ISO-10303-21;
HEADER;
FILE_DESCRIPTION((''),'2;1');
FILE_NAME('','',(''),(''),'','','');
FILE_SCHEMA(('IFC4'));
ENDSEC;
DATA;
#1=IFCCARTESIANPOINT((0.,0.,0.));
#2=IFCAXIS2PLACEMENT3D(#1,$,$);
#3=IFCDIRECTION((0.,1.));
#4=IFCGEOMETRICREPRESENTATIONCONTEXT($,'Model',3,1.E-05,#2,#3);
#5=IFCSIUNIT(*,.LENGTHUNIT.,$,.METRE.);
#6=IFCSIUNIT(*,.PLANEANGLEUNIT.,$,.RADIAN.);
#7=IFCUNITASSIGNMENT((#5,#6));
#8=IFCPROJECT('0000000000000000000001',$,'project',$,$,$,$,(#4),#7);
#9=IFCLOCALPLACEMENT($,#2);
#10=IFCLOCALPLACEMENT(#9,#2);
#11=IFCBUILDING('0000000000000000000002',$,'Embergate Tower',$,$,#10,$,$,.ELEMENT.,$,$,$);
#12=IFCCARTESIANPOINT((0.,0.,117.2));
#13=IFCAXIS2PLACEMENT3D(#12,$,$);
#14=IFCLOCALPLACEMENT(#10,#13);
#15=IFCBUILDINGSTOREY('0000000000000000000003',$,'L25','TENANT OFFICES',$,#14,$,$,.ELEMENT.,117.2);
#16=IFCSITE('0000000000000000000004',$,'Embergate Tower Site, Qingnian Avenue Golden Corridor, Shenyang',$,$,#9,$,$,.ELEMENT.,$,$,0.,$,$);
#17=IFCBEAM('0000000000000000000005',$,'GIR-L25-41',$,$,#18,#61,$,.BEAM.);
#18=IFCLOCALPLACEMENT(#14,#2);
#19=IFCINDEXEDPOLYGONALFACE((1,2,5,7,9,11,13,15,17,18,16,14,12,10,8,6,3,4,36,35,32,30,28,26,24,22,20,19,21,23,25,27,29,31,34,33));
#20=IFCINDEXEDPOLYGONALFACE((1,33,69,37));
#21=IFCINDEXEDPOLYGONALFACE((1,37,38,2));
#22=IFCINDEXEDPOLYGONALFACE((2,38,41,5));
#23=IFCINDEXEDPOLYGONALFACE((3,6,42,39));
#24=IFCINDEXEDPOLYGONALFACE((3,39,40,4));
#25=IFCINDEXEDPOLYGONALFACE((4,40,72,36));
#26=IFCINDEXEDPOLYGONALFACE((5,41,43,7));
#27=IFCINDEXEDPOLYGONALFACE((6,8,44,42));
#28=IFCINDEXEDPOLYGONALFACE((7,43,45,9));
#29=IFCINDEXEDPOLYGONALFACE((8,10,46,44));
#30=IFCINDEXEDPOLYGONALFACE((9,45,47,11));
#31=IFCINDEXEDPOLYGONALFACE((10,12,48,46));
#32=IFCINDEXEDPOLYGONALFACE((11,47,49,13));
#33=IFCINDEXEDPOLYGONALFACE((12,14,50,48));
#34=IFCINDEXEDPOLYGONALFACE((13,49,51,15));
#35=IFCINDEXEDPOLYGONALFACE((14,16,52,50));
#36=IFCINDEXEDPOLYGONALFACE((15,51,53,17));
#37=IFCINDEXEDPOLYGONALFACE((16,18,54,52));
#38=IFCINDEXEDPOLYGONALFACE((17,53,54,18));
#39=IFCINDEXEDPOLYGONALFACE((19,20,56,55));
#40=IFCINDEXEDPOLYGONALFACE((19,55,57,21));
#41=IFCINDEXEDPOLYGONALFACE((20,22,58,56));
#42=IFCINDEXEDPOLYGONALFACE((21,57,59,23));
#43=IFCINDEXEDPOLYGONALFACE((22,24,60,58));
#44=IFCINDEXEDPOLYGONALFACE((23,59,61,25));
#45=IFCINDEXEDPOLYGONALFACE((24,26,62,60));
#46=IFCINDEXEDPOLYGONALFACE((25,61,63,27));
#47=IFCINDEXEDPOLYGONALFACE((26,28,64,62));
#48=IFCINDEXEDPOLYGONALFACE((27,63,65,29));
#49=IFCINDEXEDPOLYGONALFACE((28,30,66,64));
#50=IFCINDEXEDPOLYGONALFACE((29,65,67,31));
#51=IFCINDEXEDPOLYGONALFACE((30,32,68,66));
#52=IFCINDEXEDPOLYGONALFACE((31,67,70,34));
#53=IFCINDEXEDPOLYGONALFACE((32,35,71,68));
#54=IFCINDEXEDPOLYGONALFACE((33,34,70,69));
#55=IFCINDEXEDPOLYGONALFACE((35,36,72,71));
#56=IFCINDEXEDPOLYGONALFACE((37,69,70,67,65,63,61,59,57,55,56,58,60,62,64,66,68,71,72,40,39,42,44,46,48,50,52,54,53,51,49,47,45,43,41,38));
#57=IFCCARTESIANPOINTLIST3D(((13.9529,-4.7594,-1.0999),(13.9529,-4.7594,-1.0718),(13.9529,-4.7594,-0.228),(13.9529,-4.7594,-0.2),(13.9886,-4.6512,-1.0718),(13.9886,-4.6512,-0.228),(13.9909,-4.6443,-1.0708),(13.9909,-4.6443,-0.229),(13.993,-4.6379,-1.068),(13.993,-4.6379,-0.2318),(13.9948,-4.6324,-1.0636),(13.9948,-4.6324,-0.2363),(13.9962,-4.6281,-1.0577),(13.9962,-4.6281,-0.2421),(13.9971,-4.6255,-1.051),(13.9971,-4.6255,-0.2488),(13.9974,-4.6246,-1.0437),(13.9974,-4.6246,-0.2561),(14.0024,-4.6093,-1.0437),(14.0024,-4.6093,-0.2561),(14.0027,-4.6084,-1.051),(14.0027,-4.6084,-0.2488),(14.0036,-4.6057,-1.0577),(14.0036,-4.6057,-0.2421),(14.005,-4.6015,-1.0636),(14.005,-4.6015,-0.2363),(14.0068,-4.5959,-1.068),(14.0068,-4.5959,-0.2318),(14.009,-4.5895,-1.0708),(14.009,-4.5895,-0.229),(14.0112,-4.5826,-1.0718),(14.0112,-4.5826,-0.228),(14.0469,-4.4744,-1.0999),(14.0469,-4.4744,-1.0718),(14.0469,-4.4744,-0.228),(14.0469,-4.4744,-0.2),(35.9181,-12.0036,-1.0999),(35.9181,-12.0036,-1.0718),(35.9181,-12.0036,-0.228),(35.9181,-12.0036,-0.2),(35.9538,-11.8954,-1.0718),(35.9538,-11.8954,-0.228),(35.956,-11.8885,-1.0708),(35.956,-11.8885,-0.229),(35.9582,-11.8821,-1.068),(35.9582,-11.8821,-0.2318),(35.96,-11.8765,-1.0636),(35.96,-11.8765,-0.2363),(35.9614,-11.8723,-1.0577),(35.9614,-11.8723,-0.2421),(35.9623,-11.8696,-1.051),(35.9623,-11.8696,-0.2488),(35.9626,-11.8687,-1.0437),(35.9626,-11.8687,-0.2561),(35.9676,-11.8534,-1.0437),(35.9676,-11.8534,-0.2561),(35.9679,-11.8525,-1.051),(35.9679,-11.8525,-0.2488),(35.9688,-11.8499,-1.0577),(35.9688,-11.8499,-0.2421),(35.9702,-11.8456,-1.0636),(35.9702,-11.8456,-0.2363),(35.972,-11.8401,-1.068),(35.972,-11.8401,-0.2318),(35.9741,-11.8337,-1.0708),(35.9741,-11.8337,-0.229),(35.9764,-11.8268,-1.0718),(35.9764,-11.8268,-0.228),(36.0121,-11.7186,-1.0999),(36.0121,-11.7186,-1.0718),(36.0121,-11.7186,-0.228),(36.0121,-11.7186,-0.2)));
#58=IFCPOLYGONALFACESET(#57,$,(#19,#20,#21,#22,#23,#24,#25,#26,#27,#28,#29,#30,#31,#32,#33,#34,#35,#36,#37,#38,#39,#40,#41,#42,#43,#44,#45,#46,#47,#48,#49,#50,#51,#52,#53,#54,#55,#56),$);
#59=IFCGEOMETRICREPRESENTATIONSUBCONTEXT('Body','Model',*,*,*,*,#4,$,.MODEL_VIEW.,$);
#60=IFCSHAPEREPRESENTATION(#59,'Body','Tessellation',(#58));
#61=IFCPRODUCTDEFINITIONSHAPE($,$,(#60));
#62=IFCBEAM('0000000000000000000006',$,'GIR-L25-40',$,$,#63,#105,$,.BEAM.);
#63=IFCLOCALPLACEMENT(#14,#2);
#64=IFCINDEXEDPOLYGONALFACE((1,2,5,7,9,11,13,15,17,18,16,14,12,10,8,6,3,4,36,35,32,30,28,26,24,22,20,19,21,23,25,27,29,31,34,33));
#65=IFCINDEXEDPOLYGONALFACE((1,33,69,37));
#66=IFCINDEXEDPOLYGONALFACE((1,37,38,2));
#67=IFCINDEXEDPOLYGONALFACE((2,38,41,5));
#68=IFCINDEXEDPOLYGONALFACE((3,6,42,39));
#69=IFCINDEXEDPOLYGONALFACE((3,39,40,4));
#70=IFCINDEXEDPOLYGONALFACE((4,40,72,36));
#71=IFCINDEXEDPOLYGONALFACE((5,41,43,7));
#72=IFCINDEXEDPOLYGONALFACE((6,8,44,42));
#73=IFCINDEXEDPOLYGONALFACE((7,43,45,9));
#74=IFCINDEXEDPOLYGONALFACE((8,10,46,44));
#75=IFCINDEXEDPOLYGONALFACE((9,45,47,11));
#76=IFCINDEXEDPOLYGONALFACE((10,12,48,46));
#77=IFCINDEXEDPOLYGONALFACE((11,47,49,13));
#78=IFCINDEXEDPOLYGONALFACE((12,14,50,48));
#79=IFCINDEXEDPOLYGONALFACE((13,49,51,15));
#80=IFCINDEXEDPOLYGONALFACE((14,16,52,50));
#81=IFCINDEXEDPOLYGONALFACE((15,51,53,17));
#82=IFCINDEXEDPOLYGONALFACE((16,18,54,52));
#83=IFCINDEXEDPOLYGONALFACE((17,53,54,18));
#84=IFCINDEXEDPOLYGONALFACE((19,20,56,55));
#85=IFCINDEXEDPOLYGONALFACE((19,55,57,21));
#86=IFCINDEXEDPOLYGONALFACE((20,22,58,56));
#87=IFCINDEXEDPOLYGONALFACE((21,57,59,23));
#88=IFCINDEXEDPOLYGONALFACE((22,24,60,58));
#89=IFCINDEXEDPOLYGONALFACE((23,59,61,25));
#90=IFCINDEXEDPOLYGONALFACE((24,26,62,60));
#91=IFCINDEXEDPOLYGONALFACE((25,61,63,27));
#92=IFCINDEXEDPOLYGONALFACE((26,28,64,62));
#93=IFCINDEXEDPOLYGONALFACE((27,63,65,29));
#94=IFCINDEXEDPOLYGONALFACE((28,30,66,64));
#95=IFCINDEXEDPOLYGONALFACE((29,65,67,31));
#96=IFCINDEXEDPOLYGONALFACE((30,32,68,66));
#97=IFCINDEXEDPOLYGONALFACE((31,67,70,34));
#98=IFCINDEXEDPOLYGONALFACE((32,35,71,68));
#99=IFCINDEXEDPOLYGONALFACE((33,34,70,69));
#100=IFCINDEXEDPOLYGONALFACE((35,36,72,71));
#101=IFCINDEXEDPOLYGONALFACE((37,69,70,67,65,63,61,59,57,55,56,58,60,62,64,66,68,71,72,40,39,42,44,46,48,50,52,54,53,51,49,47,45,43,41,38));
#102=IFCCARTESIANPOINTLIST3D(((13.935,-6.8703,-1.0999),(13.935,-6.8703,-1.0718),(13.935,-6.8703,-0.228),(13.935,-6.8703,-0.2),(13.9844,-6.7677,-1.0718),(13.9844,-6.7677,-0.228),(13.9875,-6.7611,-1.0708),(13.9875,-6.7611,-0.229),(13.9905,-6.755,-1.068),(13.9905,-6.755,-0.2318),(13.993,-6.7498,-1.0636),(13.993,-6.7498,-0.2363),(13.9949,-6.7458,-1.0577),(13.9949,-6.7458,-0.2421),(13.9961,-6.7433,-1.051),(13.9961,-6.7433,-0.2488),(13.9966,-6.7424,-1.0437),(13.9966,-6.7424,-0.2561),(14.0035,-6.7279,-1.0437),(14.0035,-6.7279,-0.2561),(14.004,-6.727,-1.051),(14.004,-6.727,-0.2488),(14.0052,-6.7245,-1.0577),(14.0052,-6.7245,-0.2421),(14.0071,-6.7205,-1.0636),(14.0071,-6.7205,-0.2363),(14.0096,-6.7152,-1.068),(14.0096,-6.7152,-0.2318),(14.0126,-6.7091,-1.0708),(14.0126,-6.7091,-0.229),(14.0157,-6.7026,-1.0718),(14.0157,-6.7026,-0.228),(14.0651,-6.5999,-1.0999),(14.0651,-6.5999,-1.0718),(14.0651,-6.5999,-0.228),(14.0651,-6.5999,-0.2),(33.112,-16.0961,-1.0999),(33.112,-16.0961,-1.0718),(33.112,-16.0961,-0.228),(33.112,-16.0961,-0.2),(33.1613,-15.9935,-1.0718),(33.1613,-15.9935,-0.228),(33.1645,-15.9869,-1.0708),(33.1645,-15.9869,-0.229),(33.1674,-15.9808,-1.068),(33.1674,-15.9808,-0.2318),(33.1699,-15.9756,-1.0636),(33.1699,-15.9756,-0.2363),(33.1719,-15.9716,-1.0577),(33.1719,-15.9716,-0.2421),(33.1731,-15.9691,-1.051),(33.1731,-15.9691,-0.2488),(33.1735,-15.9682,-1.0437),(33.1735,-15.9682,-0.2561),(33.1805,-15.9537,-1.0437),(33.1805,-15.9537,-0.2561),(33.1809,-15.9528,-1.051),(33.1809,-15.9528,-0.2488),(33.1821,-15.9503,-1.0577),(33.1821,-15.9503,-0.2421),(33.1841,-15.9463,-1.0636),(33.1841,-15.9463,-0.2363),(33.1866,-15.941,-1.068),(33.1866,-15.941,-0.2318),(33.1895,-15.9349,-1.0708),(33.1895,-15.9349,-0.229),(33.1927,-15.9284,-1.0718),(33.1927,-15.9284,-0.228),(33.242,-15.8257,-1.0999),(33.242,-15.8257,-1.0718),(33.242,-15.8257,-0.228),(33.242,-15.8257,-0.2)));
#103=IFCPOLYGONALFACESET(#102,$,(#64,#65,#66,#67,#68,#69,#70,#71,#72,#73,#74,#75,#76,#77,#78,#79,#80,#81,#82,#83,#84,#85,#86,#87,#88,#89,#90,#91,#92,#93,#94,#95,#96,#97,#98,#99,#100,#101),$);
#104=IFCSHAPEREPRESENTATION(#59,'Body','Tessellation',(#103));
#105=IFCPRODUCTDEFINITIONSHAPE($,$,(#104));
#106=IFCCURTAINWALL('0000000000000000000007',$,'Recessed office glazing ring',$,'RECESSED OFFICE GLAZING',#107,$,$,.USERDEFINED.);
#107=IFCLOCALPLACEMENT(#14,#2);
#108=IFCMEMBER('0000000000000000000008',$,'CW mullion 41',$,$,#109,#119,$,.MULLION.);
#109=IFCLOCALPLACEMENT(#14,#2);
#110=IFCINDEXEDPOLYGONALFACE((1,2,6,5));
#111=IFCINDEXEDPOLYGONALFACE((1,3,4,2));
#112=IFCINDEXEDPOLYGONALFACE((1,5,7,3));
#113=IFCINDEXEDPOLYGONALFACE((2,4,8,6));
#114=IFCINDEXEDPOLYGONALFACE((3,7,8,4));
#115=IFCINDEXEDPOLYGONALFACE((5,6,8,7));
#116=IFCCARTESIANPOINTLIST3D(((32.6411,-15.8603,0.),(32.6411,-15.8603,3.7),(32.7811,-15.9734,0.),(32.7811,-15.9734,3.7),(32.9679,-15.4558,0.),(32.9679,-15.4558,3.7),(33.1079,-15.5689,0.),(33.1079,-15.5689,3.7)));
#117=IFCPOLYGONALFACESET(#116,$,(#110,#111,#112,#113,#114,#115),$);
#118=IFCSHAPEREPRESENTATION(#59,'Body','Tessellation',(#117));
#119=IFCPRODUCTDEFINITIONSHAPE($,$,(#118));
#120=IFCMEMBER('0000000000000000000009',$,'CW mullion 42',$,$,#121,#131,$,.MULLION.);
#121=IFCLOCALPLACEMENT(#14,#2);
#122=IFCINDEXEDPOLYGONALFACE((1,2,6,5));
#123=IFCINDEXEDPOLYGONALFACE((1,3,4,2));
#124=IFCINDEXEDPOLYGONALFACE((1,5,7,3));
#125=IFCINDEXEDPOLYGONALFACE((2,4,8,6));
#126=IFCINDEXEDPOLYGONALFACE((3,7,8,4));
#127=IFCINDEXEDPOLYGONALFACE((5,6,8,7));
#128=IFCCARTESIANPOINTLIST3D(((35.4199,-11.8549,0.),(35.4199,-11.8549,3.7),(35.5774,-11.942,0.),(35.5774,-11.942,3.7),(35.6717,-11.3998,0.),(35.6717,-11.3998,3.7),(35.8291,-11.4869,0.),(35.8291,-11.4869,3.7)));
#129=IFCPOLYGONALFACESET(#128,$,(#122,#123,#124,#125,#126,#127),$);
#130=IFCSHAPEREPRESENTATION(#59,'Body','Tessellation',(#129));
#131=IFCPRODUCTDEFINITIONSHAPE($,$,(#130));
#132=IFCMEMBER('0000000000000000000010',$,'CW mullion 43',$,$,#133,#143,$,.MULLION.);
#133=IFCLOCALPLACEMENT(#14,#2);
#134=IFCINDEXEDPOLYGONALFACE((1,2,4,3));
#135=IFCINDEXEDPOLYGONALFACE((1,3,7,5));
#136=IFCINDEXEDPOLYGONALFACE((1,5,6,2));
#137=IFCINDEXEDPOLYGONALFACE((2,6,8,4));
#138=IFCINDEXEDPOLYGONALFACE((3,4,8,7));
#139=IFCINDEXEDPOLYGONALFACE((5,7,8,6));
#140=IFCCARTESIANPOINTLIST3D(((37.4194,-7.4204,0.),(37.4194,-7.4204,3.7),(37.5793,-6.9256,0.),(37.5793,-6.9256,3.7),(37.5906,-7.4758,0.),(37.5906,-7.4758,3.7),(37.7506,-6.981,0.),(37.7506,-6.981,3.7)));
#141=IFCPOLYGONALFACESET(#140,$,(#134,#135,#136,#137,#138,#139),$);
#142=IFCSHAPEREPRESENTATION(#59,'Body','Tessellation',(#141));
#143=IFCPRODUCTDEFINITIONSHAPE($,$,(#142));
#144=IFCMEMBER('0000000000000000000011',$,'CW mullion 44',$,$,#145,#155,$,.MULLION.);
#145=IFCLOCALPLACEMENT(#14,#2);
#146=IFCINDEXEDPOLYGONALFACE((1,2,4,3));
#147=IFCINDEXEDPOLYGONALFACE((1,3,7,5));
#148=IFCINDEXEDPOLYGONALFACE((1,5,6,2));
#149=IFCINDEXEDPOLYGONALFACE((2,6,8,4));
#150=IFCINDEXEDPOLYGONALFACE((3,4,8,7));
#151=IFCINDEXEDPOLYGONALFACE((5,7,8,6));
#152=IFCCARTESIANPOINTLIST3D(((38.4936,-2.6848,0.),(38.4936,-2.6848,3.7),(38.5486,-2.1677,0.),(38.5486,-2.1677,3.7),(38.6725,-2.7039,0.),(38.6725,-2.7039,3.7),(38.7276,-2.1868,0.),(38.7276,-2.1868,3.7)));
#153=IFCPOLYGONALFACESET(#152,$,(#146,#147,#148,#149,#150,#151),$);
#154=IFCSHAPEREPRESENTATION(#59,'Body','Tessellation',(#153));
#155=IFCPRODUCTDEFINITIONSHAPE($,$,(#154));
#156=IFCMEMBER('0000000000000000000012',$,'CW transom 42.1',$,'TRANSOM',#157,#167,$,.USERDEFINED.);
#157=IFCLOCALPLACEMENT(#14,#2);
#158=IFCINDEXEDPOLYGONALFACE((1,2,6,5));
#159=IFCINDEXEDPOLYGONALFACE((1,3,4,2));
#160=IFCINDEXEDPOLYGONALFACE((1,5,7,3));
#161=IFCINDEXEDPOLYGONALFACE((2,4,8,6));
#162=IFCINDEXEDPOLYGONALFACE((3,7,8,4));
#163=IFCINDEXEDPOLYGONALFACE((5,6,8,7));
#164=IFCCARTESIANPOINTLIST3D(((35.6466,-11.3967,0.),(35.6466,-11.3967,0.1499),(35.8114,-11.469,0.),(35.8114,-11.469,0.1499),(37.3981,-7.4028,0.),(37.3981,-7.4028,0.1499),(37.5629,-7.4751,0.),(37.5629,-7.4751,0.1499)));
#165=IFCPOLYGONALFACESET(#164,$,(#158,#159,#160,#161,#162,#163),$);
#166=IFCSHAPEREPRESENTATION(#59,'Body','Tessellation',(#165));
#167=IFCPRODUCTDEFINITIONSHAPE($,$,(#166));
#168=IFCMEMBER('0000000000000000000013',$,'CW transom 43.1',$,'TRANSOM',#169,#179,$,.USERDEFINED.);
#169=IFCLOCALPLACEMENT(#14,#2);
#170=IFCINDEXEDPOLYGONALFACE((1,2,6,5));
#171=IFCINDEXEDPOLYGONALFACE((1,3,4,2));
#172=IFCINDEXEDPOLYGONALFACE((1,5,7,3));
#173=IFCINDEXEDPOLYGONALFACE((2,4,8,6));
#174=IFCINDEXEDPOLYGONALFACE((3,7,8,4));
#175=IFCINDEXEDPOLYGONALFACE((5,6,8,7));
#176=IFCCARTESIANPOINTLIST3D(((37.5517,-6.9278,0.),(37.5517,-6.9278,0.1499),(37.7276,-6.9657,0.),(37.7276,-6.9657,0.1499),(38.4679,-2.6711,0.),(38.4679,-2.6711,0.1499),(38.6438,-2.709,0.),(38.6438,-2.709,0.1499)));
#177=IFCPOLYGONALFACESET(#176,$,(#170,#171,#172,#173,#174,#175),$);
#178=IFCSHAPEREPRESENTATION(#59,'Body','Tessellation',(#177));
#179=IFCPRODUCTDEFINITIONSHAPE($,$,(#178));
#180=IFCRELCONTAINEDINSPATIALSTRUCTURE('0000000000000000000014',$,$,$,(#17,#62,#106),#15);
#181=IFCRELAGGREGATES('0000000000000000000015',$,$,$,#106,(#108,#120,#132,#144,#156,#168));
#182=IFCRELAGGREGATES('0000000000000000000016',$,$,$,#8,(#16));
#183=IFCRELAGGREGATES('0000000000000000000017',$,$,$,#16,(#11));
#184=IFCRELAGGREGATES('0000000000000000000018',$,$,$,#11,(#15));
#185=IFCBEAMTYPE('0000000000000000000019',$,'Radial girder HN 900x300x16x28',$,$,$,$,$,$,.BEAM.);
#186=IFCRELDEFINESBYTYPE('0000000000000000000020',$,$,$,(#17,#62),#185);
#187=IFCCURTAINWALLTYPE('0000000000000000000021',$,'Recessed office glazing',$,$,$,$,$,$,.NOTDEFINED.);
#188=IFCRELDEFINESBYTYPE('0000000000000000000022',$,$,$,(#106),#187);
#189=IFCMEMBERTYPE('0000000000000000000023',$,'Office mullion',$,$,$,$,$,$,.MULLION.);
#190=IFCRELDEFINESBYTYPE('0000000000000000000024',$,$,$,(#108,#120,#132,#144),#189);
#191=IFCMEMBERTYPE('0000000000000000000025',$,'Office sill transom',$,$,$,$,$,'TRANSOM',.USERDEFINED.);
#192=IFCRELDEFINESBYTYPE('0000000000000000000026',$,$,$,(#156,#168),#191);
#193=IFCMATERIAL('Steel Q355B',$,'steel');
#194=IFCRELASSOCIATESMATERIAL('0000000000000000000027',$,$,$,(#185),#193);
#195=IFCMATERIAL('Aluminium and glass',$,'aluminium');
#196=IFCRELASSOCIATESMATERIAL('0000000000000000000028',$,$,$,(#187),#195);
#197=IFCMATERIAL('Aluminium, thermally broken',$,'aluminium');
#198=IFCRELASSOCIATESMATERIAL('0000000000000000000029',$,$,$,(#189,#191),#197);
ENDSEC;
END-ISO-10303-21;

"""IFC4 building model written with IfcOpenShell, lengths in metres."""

from ifc_helpers import new_model, si_unit, direction, frame, origin, origin_2d, place, context, subcontext, project, spatial, rectangle, i_section, extrude, source, transform, mapped, material, material_profile, profile_set, type_object, element, aggregate, save


model = new_model("IFC4")

# Units and contexts
model_context = context("Model", 3, precision=1e-05, world=origin(), true_north=direction((0.0, 1.0)))
body_context = subcontext(model_context, "Body", "Model", "MODEL_VIEW")
ifc_project = project(units=[si_unit("LENGTHUNIT", "METRE"), si_unit("PLANEANGLEUNIT", "RADIAN")], contexts=[model_context])

# Site, building, storey
site_placement = place(None, origin())
site = spatial("IfcSite", under=ifc_project, at=site_placement, Name="Embergate Tower Site, Qingnian Avenue Golden Corridor, Shenyang", CompositionType="ELEMENT", RefElevation=0.0)
building_placement = place(site_placement, origin())
building = spatial("IfcBuilding", under=site, at=building_placement, Name="Embergate Tower", CompositionType="ELEMENT")
storey_placement = place(building_placement, frame((0.0, 0.0, 117.2)))
storey = spatial("IfcBuildingStorey", under=building, at=storey_placement, Name="L25", Description="TENANT OFFICES", CompositionType="ELEMENT", Elevation=117.2)

# Beams
ifc_material_1 = material(Name="Steel Q355B", Category="steel")
ifc_material_profile_1 = material_profile(ifc_material_1, i_section(OverallWidth=0.3, OverallDepth=0.8999, WebThickness=0.0161, FlangeThickness=0.0281, FilletRadius=0.0281, at=origin_2d()), Name="HN 900x300x16x28")
ifc_profile_set_1 = profile_set([ifc_material_profile_1], Name="Steel Q355 grade B")
beam_type_1 = type_object("IfcBeamType", Name="Radial girder HN 900x300x16x28", PredefinedType="BEAM", material=ifc_profile_set_1)
shared_shape_1 = source(origin(), body_context, "Body", "SweptSolid", [
    extrude(i_section(OverallWidth=0.3, OverallDepth=0.8999, WebThickness=0.0161, FlangeThickness=0.0281, FilletRadius=0.0281, at=origin_2d()), origin(), (0.0, 0.0, 1.0), 23.1289),
])
beam_1_placement = place(storey_placement, frame((35.9651, -11.8611, -0.6499), z_axis=(-0.949684, 0.313208, 0.0), x_axis=(-0.313208, -0.949684, 0.0)))
element("IfcBeam", 1, at=beam_1_placement, inside=storey, type_object=beam_type_1, Name="GIR-L25-41", PredefinedType="BEAM", context=body_context, shape_type="MappedRepresentation", body=[
    mapped(shared_shape_1, transform((0.0, 0.0, 0.0))),
])
shared_shape_2 = source(origin(), body_context, "Body", "SweptSolid", [
    extrude(i_section(OverallWidth=0.3, OverallDepth=0.8999, WebThickness=0.0161, FlangeThickness=0.0281, FilletRadius=0.0281, at=origin_2d()), origin(), (0.0, 0.0, 1.0), 21.2808),
])
beam_2_placement = place(storey_placement, frame((33.177, -15.9609, -0.6499), z_axis=(-0.90114, 0.433528, 0.0), x_axis=(-0.433528, -0.90114, 0.0)))
element("IfcBeam", 2, at=beam_2_placement, inside=storey, type_object=beam_type_1, Name="GIR-L25-40", PredefinedType="BEAM", context=body_context, shape_type="MappedRepresentation", body=[
    mapped(shared_shape_2, transform((0.0, 0.0, 0.0))),
])

# Curtain wall, members
ifc_material_2 = material(Name="Aluminium and glass", Category="aluminium")
curtain_wall_type = type_object("IfcCurtainWallType", Name="Recessed office glazing", PredefinedType="NOTDEFINED", material=ifc_material_2)
curtain_wall_placement = place(storey_placement, origin())
curtain_wall = element("IfcCurtainWall", 3, at=curtain_wall_placement, inside=storey, type_object=curtain_wall_type, Name="Recessed office glazing ring", ObjectType="RECESSED OFFICE GLAZING", PredefinedType="USERDEFINED")
ifc_material_3 = material(Name="Aluminium, thermally broken", Category="aluminium")
ifc_material_profile_2 = material_profile(ifc_material_3, rectangle(XDim=0.1799, YDim=0.52, at=origin_2d()), Name="AL 520x180")
ifc_profile_set_2 = profile_set([ifc_material_profile_2], Name="Aluminium, thermally broken")
member_type_1 = type_object("IfcMemberType", Name="Office mullion", PredefinedType="MULLION", material=ifc_profile_set_2)
shared_shape_3 = source(origin(), body_context, "Body", "SweptSolid", [
    extrude(rectangle(XDim=0.1799, YDim=0.52, at=origin_2d()), origin(), (0.0, 0.0, 1.0), 3.7),
])
member_1_placement = place(storey_placement, frame((32.8745, -15.7146, 0.0), z_axis=(0.0, 0.0, 1.0), x_axis=(-0.777879, 0.628414, 0.0)))
member_1 = element("IfcMember", 4, at=member_1_placement, type_object=member_type_1, Name="CW mullion 41", PredefinedType="MULLION", context=body_context, shape_type="MappedRepresentation", body=[
    mapped(shared_shape_3, transform((0.0, 0.0, 0.0))),
])
member_2_placement = place(storey_placement, frame((35.6245, -11.6709, 0.0), z_axis=(0.0, 0.0, 1.0), x_axis=(-0.875007, 0.48411, 0.0)))
member_2 = element("IfcMember", 5, at=member_2_placement, type_object=member_type_1, Name="CW mullion 42", PredefinedType="MULLION", context=body_context, shape_type="MappedRepresentation", body=[
    mapped(shared_shape_3, transform((0.0, 0.0, 0.0))),
])
member_3_placement = place(storey_placement, frame((37.585, -7.2007, 0.0), z_axis=(0.0, 0.0, 1.0), x_axis=(-0.9515, 0.307647, 0.0)))
member_3 = element("IfcMember", 6, at=member_3_placement, type_object=member_type_1, Name="CW mullion 43", PredefinedType="MULLION", context=body_context, shape_type="MappedRepresentation", body=[
    mapped(shared_shape_3, transform((0.0, 0.0, 0.0))),
])
member_4_placement = place(storey_placement, frame((38.6106, -2.4358, 0.0), z_axis=(0.0, 0.0, 1.0), x_axis=(-0.994385, 0.10582, 0.0)))
member_4 = element("IfcMember", 7, at=member_4_placement, type_object=member_type_1, Name="CW mullion 44", PredefinedType="MULLION", context=body_context, shape_type="MappedRepresentation", body=[
    mapped(shared_shape_3, transform((0.0, 0.0, 0.0))),
])
ifc_material_profile_3 = material_profile(ifc_material_3, rectangle(XDim=0.1799, YDim=0.1499, at=origin_2d()), Name="AL 150x180")
ifc_profile_set_3 = profile_set([ifc_material_profile_3], Name="Aluminium, thermally broken")
member_type_2 = type_object("IfcMemberType", Name="Office sill transom", ElementType="TRANSOM", PredefinedType="USERDEFINED", material=ifc_profile_set_3)
shared_shape_4 = source(origin(), body_context, "Body", "SweptSolid", [
    extrude(rectangle(XDim=0.1799, YDim=0.1499, at=origin_2d()), origin(), (0.0, 0.0, 1.0), 4.3611),
])
member_5_placement = place(storey_placement, frame((35.729, -11.4329, 0.075), z_axis=(0.401615, 0.915809, 0.0), x_axis=(-0.915809, 0.401615, 0.0)))
member_5 = element("IfcMember", 8, at=member_5_placement, type_object=member_type_2, Name="CW transom 42.1", ObjectType="TRANSOM", PredefinedType="USERDEFINED", context=body_context, shape_type="MappedRepresentation", body=[
    mapped(shared_shape_4, transform((0.0, 0.0, 0.0))),
])
shared_shape_5 = source(origin(), body_context, "Body", "SweptSolid", [
    extrude(rectangle(XDim=0.1799, YDim=0.1499, at=origin_2d()), origin(), (0.0, 0.0, 1.0), 4.3542),
])
member_6_placement = place(storey_placement, frame((37.6396, -6.9468, 0.075), z_axis=(0.210425, 0.97761, 0.0), x_axis=(-0.97761, 0.210425, 0.0)))
member_6 = element("IfcMember", 9, at=member_6_placement, type_object=member_type_2, Name="CW transom 43.1", ObjectType="TRANSOM", PredefinedType="USERDEFINED", context=body_context, shape_type="MappedRepresentation", body=[
    mapped(shared_shape_5, transform((0.0, 0.0, 0.0))),
])
aggregate(curtain_wall, [member_1, member_2, member_3, member_4, member_5, member_6])

save(model, "model.ifc")
